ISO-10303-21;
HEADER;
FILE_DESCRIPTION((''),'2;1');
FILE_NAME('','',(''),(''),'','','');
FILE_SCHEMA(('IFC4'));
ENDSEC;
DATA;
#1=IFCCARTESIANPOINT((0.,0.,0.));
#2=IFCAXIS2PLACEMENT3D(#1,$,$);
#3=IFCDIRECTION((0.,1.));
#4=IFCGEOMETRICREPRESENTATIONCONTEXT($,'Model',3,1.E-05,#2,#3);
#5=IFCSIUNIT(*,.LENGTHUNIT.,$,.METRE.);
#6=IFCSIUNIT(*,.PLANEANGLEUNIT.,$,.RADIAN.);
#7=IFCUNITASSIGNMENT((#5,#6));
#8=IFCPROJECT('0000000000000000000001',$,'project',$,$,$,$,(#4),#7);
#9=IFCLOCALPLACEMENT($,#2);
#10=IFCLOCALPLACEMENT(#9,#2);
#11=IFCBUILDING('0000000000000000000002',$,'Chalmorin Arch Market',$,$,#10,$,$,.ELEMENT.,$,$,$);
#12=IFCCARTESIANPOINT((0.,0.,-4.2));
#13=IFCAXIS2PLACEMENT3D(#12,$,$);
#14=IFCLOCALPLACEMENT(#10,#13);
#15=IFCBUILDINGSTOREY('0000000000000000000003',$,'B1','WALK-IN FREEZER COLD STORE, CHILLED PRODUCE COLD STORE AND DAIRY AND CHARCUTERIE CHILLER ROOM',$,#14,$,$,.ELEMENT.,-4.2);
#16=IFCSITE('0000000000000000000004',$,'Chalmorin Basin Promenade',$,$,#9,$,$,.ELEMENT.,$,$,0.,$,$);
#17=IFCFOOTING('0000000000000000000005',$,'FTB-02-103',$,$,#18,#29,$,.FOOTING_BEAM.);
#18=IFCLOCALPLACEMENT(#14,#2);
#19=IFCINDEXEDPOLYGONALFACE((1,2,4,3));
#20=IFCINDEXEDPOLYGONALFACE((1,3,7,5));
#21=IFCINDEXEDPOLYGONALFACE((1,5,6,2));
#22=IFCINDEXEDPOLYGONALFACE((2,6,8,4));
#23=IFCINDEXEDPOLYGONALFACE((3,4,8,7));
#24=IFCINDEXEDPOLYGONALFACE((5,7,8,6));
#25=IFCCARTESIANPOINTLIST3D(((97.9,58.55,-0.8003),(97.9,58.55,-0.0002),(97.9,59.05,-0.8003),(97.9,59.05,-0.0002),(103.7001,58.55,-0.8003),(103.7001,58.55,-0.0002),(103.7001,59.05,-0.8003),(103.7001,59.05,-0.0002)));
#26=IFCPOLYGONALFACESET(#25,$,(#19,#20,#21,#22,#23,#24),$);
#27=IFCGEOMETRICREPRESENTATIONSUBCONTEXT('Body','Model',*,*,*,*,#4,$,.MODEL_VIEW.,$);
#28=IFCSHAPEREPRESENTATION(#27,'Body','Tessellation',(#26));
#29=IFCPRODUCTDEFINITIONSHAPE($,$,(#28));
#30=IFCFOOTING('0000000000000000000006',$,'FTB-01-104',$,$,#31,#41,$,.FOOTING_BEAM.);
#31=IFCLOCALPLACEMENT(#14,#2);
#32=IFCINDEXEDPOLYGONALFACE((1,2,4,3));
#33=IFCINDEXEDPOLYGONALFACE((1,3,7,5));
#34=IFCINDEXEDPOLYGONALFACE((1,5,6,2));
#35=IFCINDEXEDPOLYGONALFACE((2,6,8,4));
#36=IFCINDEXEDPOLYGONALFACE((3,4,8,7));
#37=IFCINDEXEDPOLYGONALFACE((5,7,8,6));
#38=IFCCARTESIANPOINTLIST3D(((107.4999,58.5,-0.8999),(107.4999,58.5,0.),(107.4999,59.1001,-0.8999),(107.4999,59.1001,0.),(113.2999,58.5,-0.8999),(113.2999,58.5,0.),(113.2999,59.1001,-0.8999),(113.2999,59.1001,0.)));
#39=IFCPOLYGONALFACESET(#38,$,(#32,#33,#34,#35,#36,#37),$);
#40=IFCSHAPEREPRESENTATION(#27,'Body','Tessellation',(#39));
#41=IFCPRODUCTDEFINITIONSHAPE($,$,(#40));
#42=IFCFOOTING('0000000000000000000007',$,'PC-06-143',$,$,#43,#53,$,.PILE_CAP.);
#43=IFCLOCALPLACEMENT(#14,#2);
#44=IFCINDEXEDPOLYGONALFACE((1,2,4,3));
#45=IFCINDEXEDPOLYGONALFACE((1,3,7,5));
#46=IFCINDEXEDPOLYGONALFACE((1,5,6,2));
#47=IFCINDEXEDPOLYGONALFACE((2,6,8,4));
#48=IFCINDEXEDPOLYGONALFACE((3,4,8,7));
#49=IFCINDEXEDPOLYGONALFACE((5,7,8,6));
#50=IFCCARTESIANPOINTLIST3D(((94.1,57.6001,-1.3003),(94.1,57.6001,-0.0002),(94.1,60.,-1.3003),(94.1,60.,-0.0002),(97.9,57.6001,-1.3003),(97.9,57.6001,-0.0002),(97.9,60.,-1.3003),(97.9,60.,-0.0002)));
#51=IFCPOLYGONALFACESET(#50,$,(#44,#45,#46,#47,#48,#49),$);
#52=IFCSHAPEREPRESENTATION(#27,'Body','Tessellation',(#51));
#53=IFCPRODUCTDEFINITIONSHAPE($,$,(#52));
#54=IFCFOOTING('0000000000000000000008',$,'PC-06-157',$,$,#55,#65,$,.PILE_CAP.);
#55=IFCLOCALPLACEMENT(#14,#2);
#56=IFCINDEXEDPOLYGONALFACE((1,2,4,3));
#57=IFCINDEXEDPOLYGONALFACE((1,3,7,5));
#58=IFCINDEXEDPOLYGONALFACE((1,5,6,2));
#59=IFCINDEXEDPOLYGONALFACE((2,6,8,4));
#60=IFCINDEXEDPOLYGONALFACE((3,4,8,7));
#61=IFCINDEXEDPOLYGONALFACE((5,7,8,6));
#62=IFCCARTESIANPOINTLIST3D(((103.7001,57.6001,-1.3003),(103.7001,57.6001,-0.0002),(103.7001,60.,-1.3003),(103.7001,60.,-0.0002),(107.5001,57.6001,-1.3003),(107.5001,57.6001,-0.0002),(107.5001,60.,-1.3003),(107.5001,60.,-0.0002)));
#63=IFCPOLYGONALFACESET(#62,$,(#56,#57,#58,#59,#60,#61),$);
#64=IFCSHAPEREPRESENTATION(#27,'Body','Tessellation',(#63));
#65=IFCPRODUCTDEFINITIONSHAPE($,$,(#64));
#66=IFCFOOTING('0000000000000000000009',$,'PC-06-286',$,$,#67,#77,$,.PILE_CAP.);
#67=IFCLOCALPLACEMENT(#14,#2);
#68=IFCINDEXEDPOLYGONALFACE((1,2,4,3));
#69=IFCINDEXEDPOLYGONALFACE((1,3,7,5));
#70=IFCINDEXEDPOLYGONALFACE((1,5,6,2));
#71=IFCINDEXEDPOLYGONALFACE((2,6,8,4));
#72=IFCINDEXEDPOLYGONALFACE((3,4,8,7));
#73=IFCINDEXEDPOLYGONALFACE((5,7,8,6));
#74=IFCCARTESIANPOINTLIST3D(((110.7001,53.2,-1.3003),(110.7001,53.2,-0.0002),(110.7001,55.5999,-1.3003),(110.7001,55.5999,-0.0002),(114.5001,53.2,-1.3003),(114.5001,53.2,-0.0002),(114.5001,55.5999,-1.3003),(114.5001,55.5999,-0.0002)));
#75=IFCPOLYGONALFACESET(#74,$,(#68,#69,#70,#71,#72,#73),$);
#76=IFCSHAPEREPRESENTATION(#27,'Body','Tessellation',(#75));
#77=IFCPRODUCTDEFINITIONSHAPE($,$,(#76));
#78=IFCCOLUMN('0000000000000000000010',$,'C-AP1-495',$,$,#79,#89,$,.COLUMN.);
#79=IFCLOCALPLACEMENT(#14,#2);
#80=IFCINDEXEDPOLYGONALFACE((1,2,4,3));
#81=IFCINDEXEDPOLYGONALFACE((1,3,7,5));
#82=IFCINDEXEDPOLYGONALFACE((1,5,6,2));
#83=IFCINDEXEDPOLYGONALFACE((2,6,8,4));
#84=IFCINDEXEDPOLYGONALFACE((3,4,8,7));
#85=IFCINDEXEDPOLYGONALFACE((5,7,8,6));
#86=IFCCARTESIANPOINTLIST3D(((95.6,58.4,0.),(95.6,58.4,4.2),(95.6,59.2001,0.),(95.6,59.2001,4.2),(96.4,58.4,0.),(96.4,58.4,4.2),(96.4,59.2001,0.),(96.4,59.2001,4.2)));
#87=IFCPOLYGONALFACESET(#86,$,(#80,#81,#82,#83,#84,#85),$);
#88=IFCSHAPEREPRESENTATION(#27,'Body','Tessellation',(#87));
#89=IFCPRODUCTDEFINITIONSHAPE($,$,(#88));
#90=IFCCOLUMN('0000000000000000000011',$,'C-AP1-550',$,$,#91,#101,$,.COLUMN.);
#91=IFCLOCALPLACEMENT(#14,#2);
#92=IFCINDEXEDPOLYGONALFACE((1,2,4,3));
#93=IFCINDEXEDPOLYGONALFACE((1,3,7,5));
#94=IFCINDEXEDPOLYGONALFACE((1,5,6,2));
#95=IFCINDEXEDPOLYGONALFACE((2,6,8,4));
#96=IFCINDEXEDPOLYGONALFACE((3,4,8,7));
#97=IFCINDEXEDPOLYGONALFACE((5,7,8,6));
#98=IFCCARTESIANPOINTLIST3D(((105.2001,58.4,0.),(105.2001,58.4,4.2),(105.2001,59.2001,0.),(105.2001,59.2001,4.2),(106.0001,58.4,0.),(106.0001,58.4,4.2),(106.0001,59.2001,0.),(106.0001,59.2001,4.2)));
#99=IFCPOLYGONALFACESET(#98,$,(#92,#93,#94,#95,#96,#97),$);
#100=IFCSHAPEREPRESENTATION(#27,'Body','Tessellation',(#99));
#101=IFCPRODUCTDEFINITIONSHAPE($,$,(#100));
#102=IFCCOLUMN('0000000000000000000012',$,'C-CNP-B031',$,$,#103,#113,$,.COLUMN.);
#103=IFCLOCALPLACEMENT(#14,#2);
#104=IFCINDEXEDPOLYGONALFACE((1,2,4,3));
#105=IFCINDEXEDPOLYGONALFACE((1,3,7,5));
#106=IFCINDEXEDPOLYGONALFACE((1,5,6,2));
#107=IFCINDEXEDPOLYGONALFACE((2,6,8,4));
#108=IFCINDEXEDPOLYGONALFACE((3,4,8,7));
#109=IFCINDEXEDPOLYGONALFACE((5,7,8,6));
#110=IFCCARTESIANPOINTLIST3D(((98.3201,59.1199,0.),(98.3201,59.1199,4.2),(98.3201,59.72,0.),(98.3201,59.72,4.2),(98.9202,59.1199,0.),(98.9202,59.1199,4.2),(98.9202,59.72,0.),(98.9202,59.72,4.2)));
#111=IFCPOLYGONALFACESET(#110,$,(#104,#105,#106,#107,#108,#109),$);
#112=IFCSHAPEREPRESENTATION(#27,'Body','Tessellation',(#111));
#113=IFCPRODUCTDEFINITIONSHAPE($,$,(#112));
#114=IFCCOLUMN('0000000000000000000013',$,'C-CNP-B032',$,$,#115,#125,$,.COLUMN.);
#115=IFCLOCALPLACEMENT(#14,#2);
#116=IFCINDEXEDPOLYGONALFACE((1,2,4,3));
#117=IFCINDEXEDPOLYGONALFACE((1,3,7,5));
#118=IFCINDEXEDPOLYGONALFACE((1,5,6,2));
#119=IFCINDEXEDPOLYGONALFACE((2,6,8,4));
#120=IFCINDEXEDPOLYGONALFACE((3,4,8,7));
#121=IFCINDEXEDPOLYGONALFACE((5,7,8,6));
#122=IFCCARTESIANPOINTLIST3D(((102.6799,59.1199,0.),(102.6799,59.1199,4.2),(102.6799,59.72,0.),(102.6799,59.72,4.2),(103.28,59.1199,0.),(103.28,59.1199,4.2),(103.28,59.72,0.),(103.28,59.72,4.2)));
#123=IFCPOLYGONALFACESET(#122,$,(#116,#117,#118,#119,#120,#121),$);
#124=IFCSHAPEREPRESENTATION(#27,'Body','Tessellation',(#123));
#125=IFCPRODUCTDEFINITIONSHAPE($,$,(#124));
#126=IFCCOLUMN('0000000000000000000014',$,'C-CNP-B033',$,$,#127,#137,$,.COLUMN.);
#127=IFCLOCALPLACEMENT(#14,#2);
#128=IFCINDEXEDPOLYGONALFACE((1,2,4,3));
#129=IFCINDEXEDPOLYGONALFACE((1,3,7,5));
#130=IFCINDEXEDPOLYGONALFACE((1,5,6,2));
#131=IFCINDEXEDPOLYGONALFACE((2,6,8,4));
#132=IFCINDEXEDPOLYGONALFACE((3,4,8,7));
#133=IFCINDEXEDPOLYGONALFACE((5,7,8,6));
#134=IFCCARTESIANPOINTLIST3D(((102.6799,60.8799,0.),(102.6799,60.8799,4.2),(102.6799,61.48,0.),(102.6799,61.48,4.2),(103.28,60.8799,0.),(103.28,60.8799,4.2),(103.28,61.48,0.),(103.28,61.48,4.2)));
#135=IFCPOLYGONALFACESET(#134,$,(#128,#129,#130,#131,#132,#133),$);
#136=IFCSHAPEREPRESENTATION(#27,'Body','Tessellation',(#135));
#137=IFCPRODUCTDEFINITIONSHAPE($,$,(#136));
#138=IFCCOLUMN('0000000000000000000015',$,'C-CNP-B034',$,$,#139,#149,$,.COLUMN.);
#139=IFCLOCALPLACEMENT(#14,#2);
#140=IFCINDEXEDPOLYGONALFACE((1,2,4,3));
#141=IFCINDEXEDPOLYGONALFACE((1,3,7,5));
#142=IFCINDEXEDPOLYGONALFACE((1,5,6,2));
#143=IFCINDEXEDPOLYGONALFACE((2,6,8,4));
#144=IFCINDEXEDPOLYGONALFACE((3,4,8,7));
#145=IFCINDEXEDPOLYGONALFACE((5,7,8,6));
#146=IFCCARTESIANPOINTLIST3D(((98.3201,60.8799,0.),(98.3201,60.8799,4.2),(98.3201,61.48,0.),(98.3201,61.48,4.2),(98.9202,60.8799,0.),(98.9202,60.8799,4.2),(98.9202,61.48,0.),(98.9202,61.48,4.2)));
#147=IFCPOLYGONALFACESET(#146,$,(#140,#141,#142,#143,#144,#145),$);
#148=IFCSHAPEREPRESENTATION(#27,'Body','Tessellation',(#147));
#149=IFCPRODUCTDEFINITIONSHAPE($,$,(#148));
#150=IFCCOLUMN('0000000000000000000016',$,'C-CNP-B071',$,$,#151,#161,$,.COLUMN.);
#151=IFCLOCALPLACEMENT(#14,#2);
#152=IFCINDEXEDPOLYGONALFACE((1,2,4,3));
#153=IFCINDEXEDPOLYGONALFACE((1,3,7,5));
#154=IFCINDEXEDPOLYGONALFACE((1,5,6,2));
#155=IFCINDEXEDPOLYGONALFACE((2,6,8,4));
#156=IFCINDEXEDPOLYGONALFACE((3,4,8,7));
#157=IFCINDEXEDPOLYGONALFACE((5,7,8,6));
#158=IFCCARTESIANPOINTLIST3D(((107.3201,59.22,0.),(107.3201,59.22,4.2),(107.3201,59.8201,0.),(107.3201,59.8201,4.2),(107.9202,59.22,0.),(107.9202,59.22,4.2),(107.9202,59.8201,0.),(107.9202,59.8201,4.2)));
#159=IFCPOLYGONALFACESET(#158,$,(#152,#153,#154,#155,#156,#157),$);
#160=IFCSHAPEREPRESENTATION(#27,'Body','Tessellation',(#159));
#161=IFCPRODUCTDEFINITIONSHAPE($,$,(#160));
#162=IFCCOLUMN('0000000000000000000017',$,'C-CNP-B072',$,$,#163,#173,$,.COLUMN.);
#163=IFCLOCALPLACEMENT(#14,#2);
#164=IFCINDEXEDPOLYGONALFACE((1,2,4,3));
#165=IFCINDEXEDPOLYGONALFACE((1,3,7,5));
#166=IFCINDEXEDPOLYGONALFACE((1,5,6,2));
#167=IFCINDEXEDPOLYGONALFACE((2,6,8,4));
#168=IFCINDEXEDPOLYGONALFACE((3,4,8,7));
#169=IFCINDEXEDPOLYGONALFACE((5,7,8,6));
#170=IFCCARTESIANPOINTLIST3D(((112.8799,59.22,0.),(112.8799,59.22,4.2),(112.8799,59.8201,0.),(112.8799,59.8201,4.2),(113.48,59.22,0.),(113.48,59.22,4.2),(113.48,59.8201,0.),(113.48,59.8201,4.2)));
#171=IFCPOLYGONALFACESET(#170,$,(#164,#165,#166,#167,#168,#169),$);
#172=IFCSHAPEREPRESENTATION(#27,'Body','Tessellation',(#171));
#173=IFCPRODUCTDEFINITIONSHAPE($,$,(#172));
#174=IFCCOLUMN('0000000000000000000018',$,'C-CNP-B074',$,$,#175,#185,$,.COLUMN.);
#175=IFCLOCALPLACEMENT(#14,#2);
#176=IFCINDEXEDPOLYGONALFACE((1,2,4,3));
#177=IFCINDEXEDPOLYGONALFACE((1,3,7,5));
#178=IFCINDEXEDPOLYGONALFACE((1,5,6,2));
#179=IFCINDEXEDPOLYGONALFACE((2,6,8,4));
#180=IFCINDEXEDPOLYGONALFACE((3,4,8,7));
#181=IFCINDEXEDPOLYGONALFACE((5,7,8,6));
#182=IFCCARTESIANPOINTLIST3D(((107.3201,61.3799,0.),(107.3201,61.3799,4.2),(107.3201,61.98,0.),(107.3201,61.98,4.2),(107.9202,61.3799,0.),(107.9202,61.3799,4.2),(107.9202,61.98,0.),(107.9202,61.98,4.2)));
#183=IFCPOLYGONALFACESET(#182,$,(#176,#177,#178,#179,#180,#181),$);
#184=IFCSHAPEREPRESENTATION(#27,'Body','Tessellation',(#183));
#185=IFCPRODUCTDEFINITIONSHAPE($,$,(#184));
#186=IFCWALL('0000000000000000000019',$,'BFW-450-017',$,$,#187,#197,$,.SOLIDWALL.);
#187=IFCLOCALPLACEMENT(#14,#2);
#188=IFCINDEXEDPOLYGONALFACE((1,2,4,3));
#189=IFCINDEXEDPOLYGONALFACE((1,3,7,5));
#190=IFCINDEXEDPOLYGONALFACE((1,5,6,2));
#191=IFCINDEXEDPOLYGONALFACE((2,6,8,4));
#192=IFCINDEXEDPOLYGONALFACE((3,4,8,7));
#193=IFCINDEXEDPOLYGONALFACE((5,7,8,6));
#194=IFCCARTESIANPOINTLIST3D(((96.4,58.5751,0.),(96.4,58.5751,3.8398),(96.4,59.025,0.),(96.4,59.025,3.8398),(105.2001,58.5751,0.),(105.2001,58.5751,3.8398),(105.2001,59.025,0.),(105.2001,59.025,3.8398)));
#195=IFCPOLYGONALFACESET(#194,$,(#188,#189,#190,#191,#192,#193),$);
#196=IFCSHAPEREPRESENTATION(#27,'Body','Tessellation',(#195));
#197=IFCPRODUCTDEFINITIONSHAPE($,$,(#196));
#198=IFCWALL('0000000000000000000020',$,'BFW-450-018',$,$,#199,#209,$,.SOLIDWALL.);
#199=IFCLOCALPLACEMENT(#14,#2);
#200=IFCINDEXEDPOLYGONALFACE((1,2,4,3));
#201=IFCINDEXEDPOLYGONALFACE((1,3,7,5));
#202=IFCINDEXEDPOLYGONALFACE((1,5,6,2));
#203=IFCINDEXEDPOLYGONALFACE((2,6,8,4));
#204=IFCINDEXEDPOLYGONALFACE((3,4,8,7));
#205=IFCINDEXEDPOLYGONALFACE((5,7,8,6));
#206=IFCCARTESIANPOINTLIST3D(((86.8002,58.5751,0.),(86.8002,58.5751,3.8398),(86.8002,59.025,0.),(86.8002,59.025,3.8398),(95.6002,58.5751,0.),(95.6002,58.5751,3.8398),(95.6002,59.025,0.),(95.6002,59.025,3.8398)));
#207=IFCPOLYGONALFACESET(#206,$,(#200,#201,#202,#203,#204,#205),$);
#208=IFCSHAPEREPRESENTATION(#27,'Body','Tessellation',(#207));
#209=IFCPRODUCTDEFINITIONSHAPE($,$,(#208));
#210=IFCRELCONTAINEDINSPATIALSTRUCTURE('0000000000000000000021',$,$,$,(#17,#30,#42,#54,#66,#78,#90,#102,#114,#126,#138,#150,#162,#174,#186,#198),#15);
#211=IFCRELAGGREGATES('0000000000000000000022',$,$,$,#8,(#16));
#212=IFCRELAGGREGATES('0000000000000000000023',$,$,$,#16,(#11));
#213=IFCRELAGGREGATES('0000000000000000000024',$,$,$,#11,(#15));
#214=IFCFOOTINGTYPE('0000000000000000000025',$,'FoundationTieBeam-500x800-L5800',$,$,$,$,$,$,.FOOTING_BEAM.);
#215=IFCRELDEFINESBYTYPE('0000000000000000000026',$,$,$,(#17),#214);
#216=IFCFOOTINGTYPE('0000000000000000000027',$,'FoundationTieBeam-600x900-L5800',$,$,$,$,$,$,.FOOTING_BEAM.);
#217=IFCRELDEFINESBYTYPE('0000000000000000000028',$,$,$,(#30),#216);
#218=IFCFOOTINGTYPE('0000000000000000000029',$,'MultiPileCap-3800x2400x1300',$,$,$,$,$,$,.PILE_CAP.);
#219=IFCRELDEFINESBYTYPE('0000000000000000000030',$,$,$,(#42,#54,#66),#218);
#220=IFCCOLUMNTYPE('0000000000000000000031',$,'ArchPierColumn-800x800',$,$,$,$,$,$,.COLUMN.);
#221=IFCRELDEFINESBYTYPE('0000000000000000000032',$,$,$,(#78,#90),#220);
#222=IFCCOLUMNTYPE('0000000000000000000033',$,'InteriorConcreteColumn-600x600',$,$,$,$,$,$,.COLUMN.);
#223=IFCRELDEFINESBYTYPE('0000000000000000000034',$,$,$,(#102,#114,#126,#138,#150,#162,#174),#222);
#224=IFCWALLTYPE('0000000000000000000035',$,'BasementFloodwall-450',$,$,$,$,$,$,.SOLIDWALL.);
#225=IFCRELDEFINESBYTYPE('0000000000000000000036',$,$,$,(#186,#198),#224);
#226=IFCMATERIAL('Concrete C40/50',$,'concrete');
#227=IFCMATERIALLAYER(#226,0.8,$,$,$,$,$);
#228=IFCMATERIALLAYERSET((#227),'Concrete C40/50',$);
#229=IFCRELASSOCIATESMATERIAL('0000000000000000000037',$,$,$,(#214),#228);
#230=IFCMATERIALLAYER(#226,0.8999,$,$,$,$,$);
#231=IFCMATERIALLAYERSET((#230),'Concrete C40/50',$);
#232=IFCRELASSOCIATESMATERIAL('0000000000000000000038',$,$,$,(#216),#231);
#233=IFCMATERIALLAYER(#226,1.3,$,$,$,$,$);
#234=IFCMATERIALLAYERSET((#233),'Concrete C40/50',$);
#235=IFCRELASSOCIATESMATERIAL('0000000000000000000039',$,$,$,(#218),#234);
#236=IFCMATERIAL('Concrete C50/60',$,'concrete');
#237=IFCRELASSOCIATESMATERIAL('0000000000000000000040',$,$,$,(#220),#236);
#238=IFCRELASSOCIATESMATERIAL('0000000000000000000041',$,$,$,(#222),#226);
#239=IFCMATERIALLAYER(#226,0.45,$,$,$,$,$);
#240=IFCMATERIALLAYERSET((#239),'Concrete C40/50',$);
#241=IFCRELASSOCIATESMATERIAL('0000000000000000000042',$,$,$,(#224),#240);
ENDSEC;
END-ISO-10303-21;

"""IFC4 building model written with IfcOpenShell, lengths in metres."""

from ifc_helpers import new_model, si_unit, direction, frame, frame_2d, origin, origin_2d, place, context, subcontext, project, spatial, rectangle, extrude, material, layer, layer_set, material_profile, profile_set, type_object, element, save


model = new_model("IFC4")

# Units and contexts
model_context = context("Model", 3, precision=1e-05, world=origin(), true_north=direction((0.0, 1.0)))
body_context = subcontext(model_context, "Body", "Model", "MODEL_VIEW")
ifc_project = project(units=[si_unit("LENGTHUNIT", "METRE"), si_unit("PLANEANGLEUNIT", "RADIAN")], contexts=[model_context])

# Site, building, storey
site_placement = place(None, origin())
site = spatial("IfcSite", under=ifc_project, at=site_placement, Name="Chalmorin Basin Promenade", CompositionType="ELEMENT", RefElevation=0.0)
building_placement = place(site_placement, origin())
building = spatial("IfcBuilding", under=site, at=building_placement, Name="Chalmorin Arch Market", CompositionType="ELEMENT")
storey_placement = place(building_placement, frame((0.0, 0.0, -4.2)))
storey = spatial("IfcBuildingStorey", under=building, at=storey_placement, Name="B1", Description="WALK-IN FREEZER COLD STORE, CHILLED PRODUCE COLD STORE AND DAIRY AND CHARCUTERIE CHILLER ROOM", CompositionType="ELEMENT", Elevation=-4.2)

# Footings
ifc_material_1 = material(Name="Concrete C40/50", Category="concrete")
ifc_layer_1 = layer(ifc_material_1, 0.8)
ifc_layer_set_1 = layer_set([ifc_layer_1], Name="Concrete C40/50")
footing_type_1 = type_object("IfcFootingType", Name="FoundationTieBeam-500x800-L5800", PredefinedType="FOOTING_BEAM", material=ifc_layer_set_1)
footing_1_placement = place(storey_placement, frame((100.8, 58.8, -0.8003), z_axis=(0.0, 0.0, 1.0), x_axis=(1.0, 0.0, 0.0)))
element("IfcFooting", 1, at=footing_1_placement, inside=storey, type_object=footing_type_1, Name="FTB-02-103", PredefinedType="FOOTING_BEAM", context=body_context, shape_type="SweptSolid", body=[
    extrude(rectangle(XDim=5.8, YDim=0.5, at=origin_2d()), origin(), (0.0, 0.0, 1.0), 0.8),
])
ifc_layer_2 = layer(ifc_material_1, 0.8999)
ifc_layer_set_2 = layer_set([ifc_layer_2], Name="Concrete C40/50")
footing_type_2 = type_object("IfcFootingType", Name="FoundationTieBeam-600x900-L5800", PredefinedType="FOOTING_BEAM", material=ifc_layer_set_2)
footing_2_placement = place(storey_placement, frame((110.3999, 58.8, -0.8999), z_axis=(0.0, 0.0, 1.0), x_axis=(1.0, 0.0, 0.0)))
element("IfcFooting", 2, at=footing_2_placement, inside=storey, type_object=footing_type_2, Name="FTB-01-104", PredefinedType="FOOTING_BEAM", context=body_context, shape_type="SweptSolid", body=[
    extrude(rectangle(XDim=5.8, YDim=0.6001, at=origin_2d()), origin(), (0.0, 0.0, 1.0), 0.8999),
])
ifc_layer_3 = layer(ifc_material_1, 1.3)
ifc_layer_set_3 = layer_set([ifc_layer_3], Name="Concrete C40/50")
footing_type_3 = type_object("IfcFootingType", Name="MultiPileCap-3800x2400x1300", PredefinedType="PILE_CAP", material=ifc_layer_set_3)
for number, where, z_axis, x_axis, name in (
    (3, (96.0, 58.8, -1.3003), (0.0, 0.0, 1.0), (1.0, 0.0, 0.0), "PC-06-143"),
    (4, (105.6001, 58.8, -1.3003), (0.0, 0.0, 1.0), (1.0, 0.0, 0.0), "PC-06-157"),
    (5, (112.6001, 54.3999, -1.3003), (0.0, 0.0, 1.0), (1.0, 0.0, 0.0), "PC-06-286"),
):
    element("IfcFooting", number, at=place(storey_placement, frame(where, z_axis=z_axis, x_axis=x_axis)), inside=storey, type_object=footing_type_3, Name=name, PredefinedType="PILE_CAP", context=body_context, shape_type="SweptSolid", body=[
        extrude(rectangle(XDim=3.8, YDim=2.3999, at=origin_2d()), origin(), (0.0, 0.0, 1.0), 1.3),
    ])

# Columns
ifc_material_2 = material(Name="Concrete C50/60", Category="concrete")
ifc_material_profile_1 = material_profile(ifc_material_2, rectangle(XDim=0.8, YDim=0.8, at=origin_2d()), Name="RC800X800")
ifc_profile_set_1 = profile_set([ifc_material_profile_1], Name="Concrete C50/60")
column_type_1 = type_object("IfcColumnType", Name="ArchPierColumn-800x800", PredefinedType="COLUMN", material=ifc_profile_set_1)
for number, where, z_axis, x_axis, name in (
    (6, (96.0, 58.8, 0.0), (0.0, 0.0, 1.0), (1.0, 0.0, 0.0), "C-AP1-495"),
    (7, (105.6001, 58.8, 0.0), (0.0, 0.0, 1.0), (1.0, 0.0, 0.0), "C-AP1-550"),
):
    element("IfcColumn", number, at=place(storey_placement, frame(where, z_axis=z_axis, x_axis=x_axis)), inside=storey, type_object=column_type_1, Name=name, PredefinedType="COLUMN", context=body_context, shape_type="SweptSolid", body=[
        extrude(rectangle(XDim=0.8, YDim=0.8, at=origin_2d()), origin(), (0.0, 0.0, 1.0), 4.2),
    ])
ifc_material_profile_2 = material_profile(ifc_material_1, rectangle(XDim=0.6001, YDim=0.6001, at=origin_2d()), Name="RC600X600")
ifc_profile_set_2 = profile_set([ifc_material_profile_2], Name="Concrete C40/50")
column_type_2 = type_object("IfcColumnType", Name="InteriorConcreteColumn-600x600", PredefinedType="COLUMN", material=ifc_profile_set_2)
for number, where, z_axis, x_axis, name in (
    (8, (98.6201, 59.4199, 0.0), (0.0, 0.0, 1.0), (1.0, 0.0, 0.0), "C-CNP-B031"),
    (9, (102.98, 59.4199, 0.0), (0.0, 0.0, 1.0), (1.0, 0.0, 0.0), "C-CNP-B032"),
    (10, (102.98, 61.1799, 0.0), (0.0, 0.0, 1.0), (1.0, 0.0, 0.0), "C-CNP-B033"),
    (11, (98.6201, 61.1799, 0.0), (0.0, 0.0, 1.0), (1.0, 0.0, 0.0), "C-CNP-B034"),
    (12, (107.6201, 59.52, 0.0), (0.0, 0.0, 1.0), (1.0, 0.0, 0.0), "C-CNP-B071"),
    (13, (113.1799, 59.52, 0.0), (0.0, 0.0, 1.0), (1.0, 0.0, 0.0), "C-CNP-B072"),
    (14, (107.6201, 61.6799, 0.0), (0.0, 0.0, 1.0), (1.0, 0.0, 0.0), "C-CNP-B074"),
):
    element("IfcColumn", number, at=place(storey_placement, frame(where, z_axis=z_axis, x_axis=x_axis)), inside=storey, type_object=column_type_2, Name=name, PredefinedType="COLUMN", context=body_context, shape_type="SweptSolid", body=[
        extrude(rectangle(XDim=0.6001, YDim=0.6001, at=origin_2d()), origin(), (0.0, 0.0, 1.0), 4.2),
    ])

# Walls
ifc_layer_4 = layer(ifc_material_1, 0.45)
ifc_layer_set_4 = layer_set([ifc_layer_4], Name="Concrete C40/50")
wall_type_1 = type_object("IfcWallType", Name="BasementFloodwall-450", PredefinedType="SOLIDWALL", material=ifc_layer_set_4)
for number, where, z_axis, x_axis, name in (
    (15, (105.2, 58.8, 0.0), (0.0, 0.0, 1.0), (-1.0, 0.0, 0.0), "BFW-450-017"),
    (16, (95.6001, 58.8, 0.0), (0.0, 0.0, 1.0), (-1.0, 0.0, 0.0), "BFW-450-018"),
):
    element("IfcWall", number, at=place(storey_placement, frame(where, z_axis=z_axis, x_axis=x_axis)), inside=storey, type_object=wall_type_1, Name=name, PredefinedType="SOLIDWALL", context=body_context, shape_type="SweptSolid", body=[
        extrude(rectangle(XDim=8.8, YDim=0.45, at=frame_2d((4.3999, 0.0))), origin(), (0.0, 0.0, 1.0), 3.8398),
    ])

save(model, "model.ifc")
